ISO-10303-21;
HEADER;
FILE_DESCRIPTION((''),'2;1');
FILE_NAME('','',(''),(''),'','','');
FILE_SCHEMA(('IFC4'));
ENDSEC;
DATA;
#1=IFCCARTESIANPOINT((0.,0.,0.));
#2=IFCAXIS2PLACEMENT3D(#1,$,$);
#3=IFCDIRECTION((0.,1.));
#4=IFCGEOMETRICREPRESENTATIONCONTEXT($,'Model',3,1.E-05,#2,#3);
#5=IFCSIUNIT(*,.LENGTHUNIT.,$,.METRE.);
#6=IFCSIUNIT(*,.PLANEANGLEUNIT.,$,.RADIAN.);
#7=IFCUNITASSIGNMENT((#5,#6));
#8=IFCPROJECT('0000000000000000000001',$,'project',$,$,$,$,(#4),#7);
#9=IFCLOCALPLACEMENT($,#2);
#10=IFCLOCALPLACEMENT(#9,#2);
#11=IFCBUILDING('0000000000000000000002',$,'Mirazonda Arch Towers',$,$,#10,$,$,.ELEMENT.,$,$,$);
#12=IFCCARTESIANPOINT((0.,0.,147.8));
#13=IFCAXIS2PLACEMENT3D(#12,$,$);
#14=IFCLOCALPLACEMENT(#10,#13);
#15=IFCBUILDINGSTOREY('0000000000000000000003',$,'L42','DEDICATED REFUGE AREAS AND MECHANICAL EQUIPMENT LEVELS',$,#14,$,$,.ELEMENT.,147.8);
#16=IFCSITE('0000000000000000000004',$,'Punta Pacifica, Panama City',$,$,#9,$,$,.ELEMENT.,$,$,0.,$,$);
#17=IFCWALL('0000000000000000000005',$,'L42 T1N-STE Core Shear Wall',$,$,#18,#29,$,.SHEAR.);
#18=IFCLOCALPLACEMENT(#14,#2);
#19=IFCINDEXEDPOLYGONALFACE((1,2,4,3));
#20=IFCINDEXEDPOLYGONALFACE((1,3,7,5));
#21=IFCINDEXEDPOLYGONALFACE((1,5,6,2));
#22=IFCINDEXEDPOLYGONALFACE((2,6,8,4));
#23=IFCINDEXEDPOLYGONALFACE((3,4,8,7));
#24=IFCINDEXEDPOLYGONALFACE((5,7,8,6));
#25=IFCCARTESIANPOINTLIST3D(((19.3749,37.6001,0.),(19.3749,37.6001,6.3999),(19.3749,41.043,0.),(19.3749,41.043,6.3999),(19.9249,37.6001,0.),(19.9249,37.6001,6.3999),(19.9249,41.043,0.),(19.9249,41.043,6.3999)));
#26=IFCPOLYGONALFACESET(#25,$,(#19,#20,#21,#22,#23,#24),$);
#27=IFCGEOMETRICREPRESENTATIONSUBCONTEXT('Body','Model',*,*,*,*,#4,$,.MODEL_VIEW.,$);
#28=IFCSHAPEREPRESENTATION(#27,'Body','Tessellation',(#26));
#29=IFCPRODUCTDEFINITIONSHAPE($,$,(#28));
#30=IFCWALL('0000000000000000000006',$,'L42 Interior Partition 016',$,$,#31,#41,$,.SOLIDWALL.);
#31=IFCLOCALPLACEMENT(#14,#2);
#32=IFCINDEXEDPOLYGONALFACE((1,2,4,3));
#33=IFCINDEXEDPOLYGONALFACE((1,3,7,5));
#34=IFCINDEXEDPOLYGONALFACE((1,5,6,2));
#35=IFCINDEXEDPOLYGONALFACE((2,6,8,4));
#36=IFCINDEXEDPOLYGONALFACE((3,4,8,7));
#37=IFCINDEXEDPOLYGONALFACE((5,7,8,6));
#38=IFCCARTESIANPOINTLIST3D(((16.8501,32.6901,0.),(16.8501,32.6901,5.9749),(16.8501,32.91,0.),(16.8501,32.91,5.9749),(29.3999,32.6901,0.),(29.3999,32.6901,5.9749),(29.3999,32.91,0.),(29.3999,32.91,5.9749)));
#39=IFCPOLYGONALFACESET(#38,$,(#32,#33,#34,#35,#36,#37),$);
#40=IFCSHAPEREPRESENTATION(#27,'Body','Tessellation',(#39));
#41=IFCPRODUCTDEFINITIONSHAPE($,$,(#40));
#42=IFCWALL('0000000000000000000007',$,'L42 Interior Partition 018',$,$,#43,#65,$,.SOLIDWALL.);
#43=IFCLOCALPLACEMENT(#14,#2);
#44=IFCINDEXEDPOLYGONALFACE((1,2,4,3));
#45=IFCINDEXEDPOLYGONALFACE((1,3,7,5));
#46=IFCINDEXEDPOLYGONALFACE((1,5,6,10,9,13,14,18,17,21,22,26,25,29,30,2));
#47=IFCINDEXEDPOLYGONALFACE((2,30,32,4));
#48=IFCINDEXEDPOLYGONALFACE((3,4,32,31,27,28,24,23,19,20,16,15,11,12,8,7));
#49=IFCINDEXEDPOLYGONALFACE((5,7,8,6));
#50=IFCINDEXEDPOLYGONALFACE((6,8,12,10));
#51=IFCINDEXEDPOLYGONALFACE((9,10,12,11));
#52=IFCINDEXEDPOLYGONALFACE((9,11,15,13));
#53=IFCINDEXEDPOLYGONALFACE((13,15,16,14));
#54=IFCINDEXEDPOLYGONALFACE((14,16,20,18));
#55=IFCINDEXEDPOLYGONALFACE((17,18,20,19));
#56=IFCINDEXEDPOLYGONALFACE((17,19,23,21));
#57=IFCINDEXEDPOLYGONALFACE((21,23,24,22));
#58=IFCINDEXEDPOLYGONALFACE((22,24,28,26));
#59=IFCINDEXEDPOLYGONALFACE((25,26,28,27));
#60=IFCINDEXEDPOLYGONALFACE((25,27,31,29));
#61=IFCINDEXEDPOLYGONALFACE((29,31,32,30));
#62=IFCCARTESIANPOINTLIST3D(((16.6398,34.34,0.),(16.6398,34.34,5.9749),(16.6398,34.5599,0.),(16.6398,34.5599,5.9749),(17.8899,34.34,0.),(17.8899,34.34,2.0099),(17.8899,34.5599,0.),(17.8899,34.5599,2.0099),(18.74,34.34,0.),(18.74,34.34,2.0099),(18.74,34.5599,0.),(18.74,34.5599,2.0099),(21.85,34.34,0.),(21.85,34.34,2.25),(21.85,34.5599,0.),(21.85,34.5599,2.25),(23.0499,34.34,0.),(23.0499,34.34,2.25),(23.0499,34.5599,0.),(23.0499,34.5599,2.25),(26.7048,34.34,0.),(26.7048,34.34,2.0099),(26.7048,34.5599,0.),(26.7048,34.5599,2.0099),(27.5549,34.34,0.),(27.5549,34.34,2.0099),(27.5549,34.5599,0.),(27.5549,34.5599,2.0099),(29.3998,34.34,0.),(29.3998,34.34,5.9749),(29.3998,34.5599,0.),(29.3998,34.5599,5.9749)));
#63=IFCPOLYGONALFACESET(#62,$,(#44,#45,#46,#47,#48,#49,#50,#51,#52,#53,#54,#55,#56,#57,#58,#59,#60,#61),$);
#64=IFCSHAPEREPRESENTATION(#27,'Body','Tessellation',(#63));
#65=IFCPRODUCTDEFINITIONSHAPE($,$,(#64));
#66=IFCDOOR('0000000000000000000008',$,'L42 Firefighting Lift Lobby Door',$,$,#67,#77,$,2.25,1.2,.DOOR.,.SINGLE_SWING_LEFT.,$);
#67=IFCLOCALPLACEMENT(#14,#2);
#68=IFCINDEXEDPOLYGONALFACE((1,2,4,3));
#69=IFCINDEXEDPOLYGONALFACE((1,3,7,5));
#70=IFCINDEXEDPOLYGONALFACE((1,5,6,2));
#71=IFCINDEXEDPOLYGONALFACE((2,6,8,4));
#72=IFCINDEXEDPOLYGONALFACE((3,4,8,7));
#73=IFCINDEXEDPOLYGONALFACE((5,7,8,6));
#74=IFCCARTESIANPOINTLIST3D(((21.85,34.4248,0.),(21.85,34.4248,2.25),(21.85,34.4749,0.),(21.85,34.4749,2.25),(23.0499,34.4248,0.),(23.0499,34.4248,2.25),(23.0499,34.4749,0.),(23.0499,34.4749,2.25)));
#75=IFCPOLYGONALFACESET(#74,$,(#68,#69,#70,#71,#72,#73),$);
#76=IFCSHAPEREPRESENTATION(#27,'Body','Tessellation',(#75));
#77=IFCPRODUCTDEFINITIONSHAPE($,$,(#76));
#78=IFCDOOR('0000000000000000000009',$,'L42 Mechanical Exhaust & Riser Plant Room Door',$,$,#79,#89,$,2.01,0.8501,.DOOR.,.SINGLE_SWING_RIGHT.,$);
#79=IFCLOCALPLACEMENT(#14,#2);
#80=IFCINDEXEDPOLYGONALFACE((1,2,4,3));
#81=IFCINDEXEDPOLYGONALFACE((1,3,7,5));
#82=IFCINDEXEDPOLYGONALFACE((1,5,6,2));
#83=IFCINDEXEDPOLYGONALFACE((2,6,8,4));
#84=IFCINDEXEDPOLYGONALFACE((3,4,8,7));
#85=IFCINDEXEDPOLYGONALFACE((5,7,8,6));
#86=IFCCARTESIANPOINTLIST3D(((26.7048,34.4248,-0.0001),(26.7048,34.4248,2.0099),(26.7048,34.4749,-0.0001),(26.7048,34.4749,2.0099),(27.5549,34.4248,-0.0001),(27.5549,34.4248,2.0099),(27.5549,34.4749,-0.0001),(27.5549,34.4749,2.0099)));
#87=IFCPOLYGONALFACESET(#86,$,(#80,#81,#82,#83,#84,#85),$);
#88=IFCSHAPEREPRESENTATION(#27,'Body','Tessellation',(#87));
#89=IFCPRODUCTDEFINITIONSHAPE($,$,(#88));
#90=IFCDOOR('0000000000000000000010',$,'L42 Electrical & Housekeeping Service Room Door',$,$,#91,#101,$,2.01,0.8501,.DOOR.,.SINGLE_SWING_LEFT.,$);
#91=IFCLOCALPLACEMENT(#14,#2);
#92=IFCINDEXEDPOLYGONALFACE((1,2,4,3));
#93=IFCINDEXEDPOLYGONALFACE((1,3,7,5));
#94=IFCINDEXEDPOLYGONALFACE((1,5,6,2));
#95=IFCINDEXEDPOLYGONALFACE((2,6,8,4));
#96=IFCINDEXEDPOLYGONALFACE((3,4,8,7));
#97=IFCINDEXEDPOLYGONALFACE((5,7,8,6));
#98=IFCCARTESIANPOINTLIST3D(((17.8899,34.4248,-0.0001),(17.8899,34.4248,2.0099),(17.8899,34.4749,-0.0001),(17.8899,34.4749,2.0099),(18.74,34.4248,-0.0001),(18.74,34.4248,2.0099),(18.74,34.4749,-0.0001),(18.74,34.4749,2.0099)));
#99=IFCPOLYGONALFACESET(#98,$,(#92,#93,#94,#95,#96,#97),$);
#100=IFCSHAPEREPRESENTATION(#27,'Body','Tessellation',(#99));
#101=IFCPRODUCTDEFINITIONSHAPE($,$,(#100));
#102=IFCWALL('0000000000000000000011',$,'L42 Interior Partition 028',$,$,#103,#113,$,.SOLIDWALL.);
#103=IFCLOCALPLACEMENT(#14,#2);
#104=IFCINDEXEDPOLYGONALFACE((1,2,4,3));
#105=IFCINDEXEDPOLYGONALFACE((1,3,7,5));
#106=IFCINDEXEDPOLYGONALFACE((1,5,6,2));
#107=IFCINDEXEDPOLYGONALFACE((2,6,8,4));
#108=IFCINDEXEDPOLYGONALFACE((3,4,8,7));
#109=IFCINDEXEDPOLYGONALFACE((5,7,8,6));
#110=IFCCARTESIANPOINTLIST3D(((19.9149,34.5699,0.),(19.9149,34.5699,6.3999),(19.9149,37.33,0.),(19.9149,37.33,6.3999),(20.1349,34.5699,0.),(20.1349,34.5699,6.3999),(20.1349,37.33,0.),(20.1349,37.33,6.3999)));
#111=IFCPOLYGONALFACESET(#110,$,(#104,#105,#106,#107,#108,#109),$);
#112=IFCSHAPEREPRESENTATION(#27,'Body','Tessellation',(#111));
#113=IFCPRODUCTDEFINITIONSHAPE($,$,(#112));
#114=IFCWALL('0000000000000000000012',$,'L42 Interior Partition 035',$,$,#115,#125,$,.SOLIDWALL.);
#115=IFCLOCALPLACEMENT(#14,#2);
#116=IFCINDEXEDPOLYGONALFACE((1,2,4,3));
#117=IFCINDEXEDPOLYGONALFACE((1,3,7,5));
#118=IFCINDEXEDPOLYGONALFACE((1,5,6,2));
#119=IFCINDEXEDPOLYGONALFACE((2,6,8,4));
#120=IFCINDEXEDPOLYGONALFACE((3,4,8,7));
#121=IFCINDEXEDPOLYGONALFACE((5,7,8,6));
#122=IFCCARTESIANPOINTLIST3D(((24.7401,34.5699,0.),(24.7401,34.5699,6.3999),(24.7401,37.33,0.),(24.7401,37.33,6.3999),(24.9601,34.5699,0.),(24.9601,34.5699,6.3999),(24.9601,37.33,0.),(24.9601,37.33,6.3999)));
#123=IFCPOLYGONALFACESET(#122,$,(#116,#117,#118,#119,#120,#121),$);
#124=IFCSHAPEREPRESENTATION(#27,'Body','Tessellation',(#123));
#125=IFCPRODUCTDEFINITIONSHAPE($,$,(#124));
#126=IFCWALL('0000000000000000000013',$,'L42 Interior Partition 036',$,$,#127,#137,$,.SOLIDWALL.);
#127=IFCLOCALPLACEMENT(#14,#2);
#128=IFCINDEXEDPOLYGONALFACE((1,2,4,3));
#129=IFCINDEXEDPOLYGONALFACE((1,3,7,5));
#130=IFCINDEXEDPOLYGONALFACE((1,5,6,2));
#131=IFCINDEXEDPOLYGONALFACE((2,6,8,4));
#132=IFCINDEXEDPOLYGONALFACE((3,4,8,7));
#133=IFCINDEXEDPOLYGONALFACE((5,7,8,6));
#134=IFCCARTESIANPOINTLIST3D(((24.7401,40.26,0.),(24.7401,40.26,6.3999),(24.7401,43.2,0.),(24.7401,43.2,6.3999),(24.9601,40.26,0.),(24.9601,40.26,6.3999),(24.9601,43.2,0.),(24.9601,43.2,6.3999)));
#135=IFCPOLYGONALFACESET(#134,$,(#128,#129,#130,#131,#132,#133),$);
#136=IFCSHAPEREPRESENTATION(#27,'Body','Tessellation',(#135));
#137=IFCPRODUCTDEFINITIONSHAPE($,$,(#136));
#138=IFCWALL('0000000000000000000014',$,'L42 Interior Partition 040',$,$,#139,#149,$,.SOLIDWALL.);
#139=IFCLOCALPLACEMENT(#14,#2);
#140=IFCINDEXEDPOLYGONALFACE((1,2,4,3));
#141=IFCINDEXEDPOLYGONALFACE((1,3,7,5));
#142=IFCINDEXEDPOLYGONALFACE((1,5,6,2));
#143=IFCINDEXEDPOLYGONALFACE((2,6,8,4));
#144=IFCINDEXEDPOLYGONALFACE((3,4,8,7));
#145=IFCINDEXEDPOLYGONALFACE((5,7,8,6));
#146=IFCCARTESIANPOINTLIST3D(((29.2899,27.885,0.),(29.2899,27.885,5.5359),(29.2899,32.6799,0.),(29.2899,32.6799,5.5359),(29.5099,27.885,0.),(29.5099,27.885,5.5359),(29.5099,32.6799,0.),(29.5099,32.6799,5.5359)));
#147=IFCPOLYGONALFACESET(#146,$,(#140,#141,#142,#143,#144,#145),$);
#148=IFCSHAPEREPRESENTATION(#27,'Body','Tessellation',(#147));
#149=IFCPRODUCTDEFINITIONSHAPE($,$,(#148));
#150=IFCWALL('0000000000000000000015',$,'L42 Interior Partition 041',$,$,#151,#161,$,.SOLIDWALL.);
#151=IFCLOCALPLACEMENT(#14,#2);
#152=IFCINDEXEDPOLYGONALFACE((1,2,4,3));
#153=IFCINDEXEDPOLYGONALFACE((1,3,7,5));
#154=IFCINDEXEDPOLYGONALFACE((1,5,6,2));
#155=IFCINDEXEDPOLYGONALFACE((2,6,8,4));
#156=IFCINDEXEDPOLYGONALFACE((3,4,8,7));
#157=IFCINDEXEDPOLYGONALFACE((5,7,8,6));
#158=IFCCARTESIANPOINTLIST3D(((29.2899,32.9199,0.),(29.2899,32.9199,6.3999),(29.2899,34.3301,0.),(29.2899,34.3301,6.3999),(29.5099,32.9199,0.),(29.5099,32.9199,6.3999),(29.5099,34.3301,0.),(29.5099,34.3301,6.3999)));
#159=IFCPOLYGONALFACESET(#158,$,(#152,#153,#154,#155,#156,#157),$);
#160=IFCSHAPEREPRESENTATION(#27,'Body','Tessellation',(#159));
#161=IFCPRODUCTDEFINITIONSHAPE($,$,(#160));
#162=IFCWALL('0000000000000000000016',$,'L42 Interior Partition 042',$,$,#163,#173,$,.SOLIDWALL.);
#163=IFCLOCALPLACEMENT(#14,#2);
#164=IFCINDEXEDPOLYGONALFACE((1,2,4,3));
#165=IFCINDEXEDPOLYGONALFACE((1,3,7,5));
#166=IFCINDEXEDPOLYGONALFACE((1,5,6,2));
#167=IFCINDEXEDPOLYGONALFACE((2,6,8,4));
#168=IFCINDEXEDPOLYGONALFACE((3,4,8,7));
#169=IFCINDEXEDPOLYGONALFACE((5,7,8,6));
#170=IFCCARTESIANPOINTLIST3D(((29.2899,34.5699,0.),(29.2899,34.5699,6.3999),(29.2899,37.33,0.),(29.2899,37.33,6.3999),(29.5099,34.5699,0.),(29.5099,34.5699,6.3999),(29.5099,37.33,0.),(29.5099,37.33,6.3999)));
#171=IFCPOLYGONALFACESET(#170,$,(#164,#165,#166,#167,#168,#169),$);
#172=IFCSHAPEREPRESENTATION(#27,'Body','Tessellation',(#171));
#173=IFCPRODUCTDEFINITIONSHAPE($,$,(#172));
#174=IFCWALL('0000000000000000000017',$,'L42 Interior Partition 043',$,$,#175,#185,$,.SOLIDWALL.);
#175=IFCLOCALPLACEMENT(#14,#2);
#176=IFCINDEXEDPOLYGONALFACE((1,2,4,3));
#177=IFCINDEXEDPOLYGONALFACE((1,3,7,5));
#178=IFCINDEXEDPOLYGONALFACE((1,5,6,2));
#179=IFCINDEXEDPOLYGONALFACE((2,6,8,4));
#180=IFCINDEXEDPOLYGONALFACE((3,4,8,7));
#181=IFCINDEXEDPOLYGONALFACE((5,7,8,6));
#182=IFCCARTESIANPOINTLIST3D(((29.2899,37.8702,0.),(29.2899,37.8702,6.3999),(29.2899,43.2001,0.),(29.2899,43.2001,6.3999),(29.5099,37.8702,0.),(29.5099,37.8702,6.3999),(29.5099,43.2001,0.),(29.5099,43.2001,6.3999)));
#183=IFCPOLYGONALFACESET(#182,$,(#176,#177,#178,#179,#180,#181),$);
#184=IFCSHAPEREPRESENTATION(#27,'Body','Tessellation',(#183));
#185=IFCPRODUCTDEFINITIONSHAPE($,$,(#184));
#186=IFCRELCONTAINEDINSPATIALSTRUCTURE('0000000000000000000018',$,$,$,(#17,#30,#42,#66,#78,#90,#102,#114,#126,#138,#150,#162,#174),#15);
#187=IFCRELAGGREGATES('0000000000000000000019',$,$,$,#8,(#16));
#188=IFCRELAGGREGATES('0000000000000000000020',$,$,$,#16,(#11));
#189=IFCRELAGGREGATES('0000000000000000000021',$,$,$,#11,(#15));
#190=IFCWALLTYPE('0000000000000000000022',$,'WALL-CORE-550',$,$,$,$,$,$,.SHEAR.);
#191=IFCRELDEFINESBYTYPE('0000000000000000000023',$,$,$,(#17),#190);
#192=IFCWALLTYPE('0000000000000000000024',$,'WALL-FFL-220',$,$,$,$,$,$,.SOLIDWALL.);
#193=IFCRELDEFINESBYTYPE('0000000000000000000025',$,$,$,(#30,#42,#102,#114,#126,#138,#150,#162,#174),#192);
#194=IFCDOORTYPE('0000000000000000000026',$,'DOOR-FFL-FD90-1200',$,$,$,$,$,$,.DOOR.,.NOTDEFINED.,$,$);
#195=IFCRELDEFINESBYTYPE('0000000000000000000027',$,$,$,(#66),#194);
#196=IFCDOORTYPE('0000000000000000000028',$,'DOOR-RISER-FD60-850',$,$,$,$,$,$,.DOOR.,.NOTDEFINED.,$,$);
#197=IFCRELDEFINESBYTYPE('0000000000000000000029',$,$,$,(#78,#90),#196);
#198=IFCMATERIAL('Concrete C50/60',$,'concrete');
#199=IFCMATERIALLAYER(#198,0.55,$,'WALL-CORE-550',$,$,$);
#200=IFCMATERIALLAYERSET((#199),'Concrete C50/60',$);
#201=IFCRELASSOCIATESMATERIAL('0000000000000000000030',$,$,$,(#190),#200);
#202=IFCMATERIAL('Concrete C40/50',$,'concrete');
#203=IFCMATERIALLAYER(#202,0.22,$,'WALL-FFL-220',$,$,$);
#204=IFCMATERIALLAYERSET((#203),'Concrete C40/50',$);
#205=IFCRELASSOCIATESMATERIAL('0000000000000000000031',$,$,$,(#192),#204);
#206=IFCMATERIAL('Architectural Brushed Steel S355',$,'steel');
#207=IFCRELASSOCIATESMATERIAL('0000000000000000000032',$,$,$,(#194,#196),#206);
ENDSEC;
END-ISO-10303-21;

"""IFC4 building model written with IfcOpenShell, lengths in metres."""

from ifc_helpers import new_model, si_unit, direction, frame, frame_2d, origin, place, context, subcontext, project, spatial, rectangle, extrude, material, layer, layer_set, type_object, element, fill, save


model = new_model("IFC4")

# Units and contexts
model_context = context("Model", 3, precision=1e-05, world=origin(), true_north=direction((0.0, 1.0)))
body_context = subcontext(model_context, "Body", "Model", "MODEL_VIEW")
ifc_project = project(units=[si_unit("LENGTHUNIT", "METRE"), si_unit("PLANEANGLEUNIT", "RADIAN")], contexts=[model_context])

# Site, building, storey
site_placement = place(None, origin())
site = spatial("IfcSite", under=ifc_project, at=site_placement, Name="Punta Pacifica, Panama City", CompositionType="ELEMENT", RefElevation=0.0)
building_placement = place(site_placement, origin())
building = spatial("IfcBuilding", under=site, at=building_placement, Name="Mirazonda Arch Towers", CompositionType="ELEMENT")
storey_placement = place(building_placement, frame((0.0, 0.0, 147.8)))
storey = spatial("IfcBuildingStorey", under=building, at=storey_placement, Name="L42", Description="DEDICATED REFUGE AREAS AND MECHANICAL EQUIPMENT LEVELS", CompositionType="ELEMENT", Elevation=147.8)

# Shared definitions
ifc_material_1 = material(Name="Concrete C50/60", Category="concrete")

# Walls
ifc_layer_1 = layer(ifc_material_1, 0.55, Name="WALL-CORE-550")
ifc_layer_set_1 = layer_set([ifc_layer_1], Name="Concrete C50/60")
wall_type_1 = type_object("IfcWallType", Name="WALL-CORE-550", PredefinedType="SHEAR", material=ifc_layer_set_1)
wall_1_placement = place(storey_placement, frame((19.6499, 37.6001, 0.0), z_axis=(0.0, 0.0, 1.0), x_axis=(0.0, 1.0, 0.0)))
element("IfcWall", 1, at=wall_1_placement, inside=storey, type_object=wall_type_1, Name="L42 T1N-STE Core Shear Wall", PredefinedType="SHEAR", context=body_context, shape_type="SweptSolid", body=[
    extrude(rectangle(XDim=3.4429, YDim=0.55, at=frame_2d((1.7214, 0.0))), origin(), (0.0, 0.0, 1.0), 6.3999),
])
ifc_material_2 = material(Name="Concrete C40/50", Category="concrete")
ifc_layer_2 = layer(ifc_material_2, 0.22, Name="WALL-FFL-220")
ifc_layer_set_2 = layer_set([ifc_layer_2], Name="Concrete C40/50")
wall_type_2 = type_object("IfcWallType", Name="WALL-FFL-220", PredefinedType="SOLIDWALL", material=ifc_layer_set_2)
wall_2_placement = place(storey_placement, frame((16.8501, 32.8, 0.0), z_axis=(0.0, 0.0, 1.0), x_axis=(1.0, 0.0, 0.0)))
element("IfcWall", 2, at=wall_2_placement, inside=storey, type_object=wall_type_2, Name="L42 Interior Partition 016", PredefinedType="SOLIDWALL", context=body_context, shape_type="SweptSolid", body=[
    extrude(rectangle(XDim=12.5498, YDim=0.22, at=frame_2d((6.2749, 0.0))), origin(), (0.0, 0.0, 1.0), 5.9749),
])

# Wall, openings, doors
wall_3_placement = place(storey_placement, frame((16.6399, 34.45, 0.0), z_axis=(0.0, 0.0, 1.0), x_axis=(1.0, 0.0, 0.0)))
wall_3 = element("IfcWall", 3, at=wall_3_placement, inside=storey, type_object=wall_type_2, Name="L42 Interior Partition 018", PredefinedType="SOLIDWALL", context=body_context, shape_type="SweptSolid", body=[
    extrude(rectangle(XDim=12.76, YDim=0.22, at=frame_2d((6.3799, 0.0))), origin(), (0.0, 0.0, 1.0), 5.9749),
])
opening_1_placement = place(wall_3_placement, frame((5.21, 0.0, 0.0)))
opening_1 = element("IfcOpeningElement", 4, at=opening_1_placement, cuts=wall_3, PredefinedType="OPENING", context=body_context, shape_type="SweptSolid", body=[
    extrude(rectangle(XDim=1.2, YDim=2.25, at=frame_2d((0.6001, 1.125))), frame((0.0, 0.1199, 0.0), z_axis=(0.0, -1.0, 0.0), x_axis=(1.0, 0.0, 0.0)), (0.0, 0.0, 1.0), 0.24),
])
opening_2_placement = place(wall_3_placement, frame((10.0649, 0.0, 0.0)))
opening_2 = element("IfcOpeningElement", 5, at=opening_2_placement, cuts=wall_3, PredefinedType="OPENING", context=body_context, shape_type="SweptSolid", body=[
    extrude(rectangle(XDim=0.8501, YDim=2.01, at=frame_2d((0.425, 1.0049))), frame((0.0, 0.1199, 0.0), z_axis=(0.0, -1.0, 0.0), x_axis=(1.0, 0.0, 0.0)), (0.0, 0.0, 1.0), 0.24),
])
opening_3_placement = place(wall_3_placement, frame((1.25, 0.0, 0.0)))
opening_3 = element("IfcOpeningElement", 6, at=opening_3_placement, cuts=wall_3, PredefinedType="OPENING", context=body_context, shape_type="SweptSolid", body=[
    extrude(rectangle(XDim=0.8501, YDim=2.01, at=frame_2d((0.425, 1.0049))), frame((0.0, 0.1199, 0.0), z_axis=(0.0, -1.0, 0.0), x_axis=(1.0, 0.0, 0.0)), (0.0, 0.0, 1.0), 0.24),
])
ifc_material_3 = material(Name="Architectural Brushed Steel S355", Category="steel")
door_type_1 = type_object("IfcDoorType", Name="DOOR-FFL-FD90-1200", OperationType="NOTDEFINED", PredefinedType="DOOR", material=ifc_material_3)
door_1_placement = place(opening_1_placement, origin())
door_1 = element("IfcDoor", 7, at=door_1_placement, inside=storey, type_object=door_type_1, Name="L42 Firefighting Lift Lobby Door", OperationType="SINGLE_SWING_LEFT", OverallHeight=2.25, OverallWidth=1.2, PredefinedType="DOOR", context=body_context, shape_type="SweptSolid", body=[
    extrude(rectangle(XDim=1.2, YDim=2.25, at=frame_2d((0.6001, 1.125))), frame((0.0, 0.0249, 0.0), z_axis=(0.0, -1.0, 0.0), x_axis=(1.0, 0.0, 0.0)), (0.0, 0.0, 1.0), 0.05),
])
fill(opening_1, door_1)
door_type_2 = type_object("IfcDoorType", Name="DOOR-RISER-FD60-850", OperationType="NOTDEFINED", PredefinedType="DOOR", material=ifc_material_3)
door_2_placement = place(opening_2_placement, origin())
door_2 = element("IfcDoor", 8, at=door_2_placement, inside=storey, type_object=door_type_2, Name="L42 Mechanical Exhaust & Riser Plant Room Door", OperationType="SINGLE_SWING_RIGHT", OverallHeight=2.01, OverallWidth=0.8501, PredefinedType="DOOR", context=body_context, shape_type="SweptSolid", body=[
    extrude(rectangle(XDim=0.8501, YDim=2.01, at=frame_2d((0.425, 1.0049))), frame((0.0, 0.0249, 0.0), z_axis=(0.0, -1.0, 0.0), x_axis=(1.0, 0.0, 0.0)), (0.0, 0.0, 1.0), 0.05),
])
fill(opening_2, door_2)
door_3_placement = place(opening_3_placement, origin())
door_3 = element("IfcDoor", 9, at=door_3_placement, inside=storey, type_object=door_type_2, Name="L42 Electrical & Housekeeping Service Room Door", OperationType="SINGLE_SWING_LEFT", OverallHeight=2.01, OverallWidth=0.8501, PredefinedType="DOOR", context=body_context, shape_type="SweptSolid", body=[
    extrude(rectangle(XDim=0.8501, YDim=2.01, at=frame_2d((0.425, 1.0049))), frame((0.0, 0.0249, 0.0), z_axis=(0.0, -1.0, 0.0), x_axis=(1.0, 0.0, 0.0)), (0.0, 0.0, 1.0), 0.05),
])
fill(opening_3, door_3)

# Walls
for number, where, z_axis, x_axis, name in (
    (10, (20.0249, 34.5701, 0.0), (0.0, 0.0, 1.0), (0.0, 1.0, 0.0), "L42 Interior Partition 028"),
    (11, (24.8501, 34.5701, 0.0), (0.0, 0.0, 1.0), (0.0, 1.0, 0.0), "L42 Interior Partition 035"),
):
    element("IfcWall", number, at=place(storey_placement, frame(where, z_axis=z_axis, x_axis=x_axis)), inside=storey, type_object=wall_type_2, Name=name, PredefinedType="SOLIDWALL", context=body_context, shape_type="SweptSolid", body=[
        extrude(rectangle(XDim=2.76, YDim=0.22, at=frame_2d((1.3799, 0.0))), origin(), (0.0, 0.0, 1.0), 6.3999),
    ])
wall_4_placement = place(storey_placement, frame((24.8501, 40.26, 0.0), z_axis=(0.0, 0.0, 1.0), x_axis=(0.0, 1.0, 0.0)))
element("IfcWall", 12, at=wall_4_placement, inside=storey, type_object=wall_type_2, Name="L42 Interior Partition 036", PredefinedType="SOLIDWALL", context=body_context, shape_type="SweptSolid", body=[
    extrude(rectangle(XDim=2.9399, YDim=0.22, at=frame_2d((1.47, 0.0))), origin(), (0.0, 0.0, 1.0), 6.3999),
])
wall_5_placement = place(storey_placement, frame((29.3999, 27.885, 0.0), z_axis=(0.0, 0.0, 1.0), x_axis=(0.0, 1.0, 0.0)))
element("IfcWall", 13, at=wall_5_placement, inside=storey, type_object=wall_type_2, Name="L42 Interior Partition 040", PredefinedType="SOLIDWALL", context=body_context, shape_type="SweptSolid", body=[
    extrude(rectangle(XDim=4.7949, YDim=0.22, at=frame_2d((2.3975, 0.0))), origin(), (0.0, 0.0, 1.0), 5.5359),
])
wall_6_placement = place(storey_placement, frame((29.3999, 32.9199, 0.0), z_axis=(0.0, 0.0, 1.0), x_axis=(0.0, 1.0, 0.0)))
element("IfcWall", 14, at=wall_6_placement, inside=storey, type_object=wall_type_2, Name="L42 Interior Partition 041", PredefinedType="SOLIDWALL", context=body_context, shape_type="SweptSolid", body=[
    extrude(rectangle(XDim=1.4102, YDim=0.22, at=frame_2d((0.7051, 0.0))), origin(), (0.0, 0.0, 1.0), 6.3999),
])
wall_7_placement = place(storey_placement, frame((29.3999, 34.5701, 0.0), z_axis=(0.0, 0.0, 1.0), x_axis=(0.0, 1.0, 0.0)))
element("IfcWall", 15, at=wall_7_placement, inside=storey, type_object=wall_type_2, Name="L42 Interior Partition 042", PredefinedType="SOLIDWALL", context=body_context, shape_type="SweptSolid", body=[
    extrude(rectangle(XDim=2.76, YDim=0.22, at=frame_2d((1.3799, 0.0))), origin(), (0.0, 0.0, 1.0), 6.3999),
])
wall_8_placement = place(storey_placement, frame((29.3999, 37.8701, 0.0), z_axis=(0.0, 0.0, 1.0), x_axis=(0.0, 1.0, 0.0)))
element("IfcWall", 16, at=wall_8_placement, inside=storey, type_object=wall_type_2, Name="L42 Interior Partition 043", PredefinedType="SOLIDWALL", context=body_context, shape_type="SweptSolid", body=[
    extrude(rectangle(XDim=5.3298, YDim=0.22, at=frame_2d((2.665, 0.0))), origin(), (0.0, 0.0, 1.0), 6.3999),
])

save(model, "model.ifc")
